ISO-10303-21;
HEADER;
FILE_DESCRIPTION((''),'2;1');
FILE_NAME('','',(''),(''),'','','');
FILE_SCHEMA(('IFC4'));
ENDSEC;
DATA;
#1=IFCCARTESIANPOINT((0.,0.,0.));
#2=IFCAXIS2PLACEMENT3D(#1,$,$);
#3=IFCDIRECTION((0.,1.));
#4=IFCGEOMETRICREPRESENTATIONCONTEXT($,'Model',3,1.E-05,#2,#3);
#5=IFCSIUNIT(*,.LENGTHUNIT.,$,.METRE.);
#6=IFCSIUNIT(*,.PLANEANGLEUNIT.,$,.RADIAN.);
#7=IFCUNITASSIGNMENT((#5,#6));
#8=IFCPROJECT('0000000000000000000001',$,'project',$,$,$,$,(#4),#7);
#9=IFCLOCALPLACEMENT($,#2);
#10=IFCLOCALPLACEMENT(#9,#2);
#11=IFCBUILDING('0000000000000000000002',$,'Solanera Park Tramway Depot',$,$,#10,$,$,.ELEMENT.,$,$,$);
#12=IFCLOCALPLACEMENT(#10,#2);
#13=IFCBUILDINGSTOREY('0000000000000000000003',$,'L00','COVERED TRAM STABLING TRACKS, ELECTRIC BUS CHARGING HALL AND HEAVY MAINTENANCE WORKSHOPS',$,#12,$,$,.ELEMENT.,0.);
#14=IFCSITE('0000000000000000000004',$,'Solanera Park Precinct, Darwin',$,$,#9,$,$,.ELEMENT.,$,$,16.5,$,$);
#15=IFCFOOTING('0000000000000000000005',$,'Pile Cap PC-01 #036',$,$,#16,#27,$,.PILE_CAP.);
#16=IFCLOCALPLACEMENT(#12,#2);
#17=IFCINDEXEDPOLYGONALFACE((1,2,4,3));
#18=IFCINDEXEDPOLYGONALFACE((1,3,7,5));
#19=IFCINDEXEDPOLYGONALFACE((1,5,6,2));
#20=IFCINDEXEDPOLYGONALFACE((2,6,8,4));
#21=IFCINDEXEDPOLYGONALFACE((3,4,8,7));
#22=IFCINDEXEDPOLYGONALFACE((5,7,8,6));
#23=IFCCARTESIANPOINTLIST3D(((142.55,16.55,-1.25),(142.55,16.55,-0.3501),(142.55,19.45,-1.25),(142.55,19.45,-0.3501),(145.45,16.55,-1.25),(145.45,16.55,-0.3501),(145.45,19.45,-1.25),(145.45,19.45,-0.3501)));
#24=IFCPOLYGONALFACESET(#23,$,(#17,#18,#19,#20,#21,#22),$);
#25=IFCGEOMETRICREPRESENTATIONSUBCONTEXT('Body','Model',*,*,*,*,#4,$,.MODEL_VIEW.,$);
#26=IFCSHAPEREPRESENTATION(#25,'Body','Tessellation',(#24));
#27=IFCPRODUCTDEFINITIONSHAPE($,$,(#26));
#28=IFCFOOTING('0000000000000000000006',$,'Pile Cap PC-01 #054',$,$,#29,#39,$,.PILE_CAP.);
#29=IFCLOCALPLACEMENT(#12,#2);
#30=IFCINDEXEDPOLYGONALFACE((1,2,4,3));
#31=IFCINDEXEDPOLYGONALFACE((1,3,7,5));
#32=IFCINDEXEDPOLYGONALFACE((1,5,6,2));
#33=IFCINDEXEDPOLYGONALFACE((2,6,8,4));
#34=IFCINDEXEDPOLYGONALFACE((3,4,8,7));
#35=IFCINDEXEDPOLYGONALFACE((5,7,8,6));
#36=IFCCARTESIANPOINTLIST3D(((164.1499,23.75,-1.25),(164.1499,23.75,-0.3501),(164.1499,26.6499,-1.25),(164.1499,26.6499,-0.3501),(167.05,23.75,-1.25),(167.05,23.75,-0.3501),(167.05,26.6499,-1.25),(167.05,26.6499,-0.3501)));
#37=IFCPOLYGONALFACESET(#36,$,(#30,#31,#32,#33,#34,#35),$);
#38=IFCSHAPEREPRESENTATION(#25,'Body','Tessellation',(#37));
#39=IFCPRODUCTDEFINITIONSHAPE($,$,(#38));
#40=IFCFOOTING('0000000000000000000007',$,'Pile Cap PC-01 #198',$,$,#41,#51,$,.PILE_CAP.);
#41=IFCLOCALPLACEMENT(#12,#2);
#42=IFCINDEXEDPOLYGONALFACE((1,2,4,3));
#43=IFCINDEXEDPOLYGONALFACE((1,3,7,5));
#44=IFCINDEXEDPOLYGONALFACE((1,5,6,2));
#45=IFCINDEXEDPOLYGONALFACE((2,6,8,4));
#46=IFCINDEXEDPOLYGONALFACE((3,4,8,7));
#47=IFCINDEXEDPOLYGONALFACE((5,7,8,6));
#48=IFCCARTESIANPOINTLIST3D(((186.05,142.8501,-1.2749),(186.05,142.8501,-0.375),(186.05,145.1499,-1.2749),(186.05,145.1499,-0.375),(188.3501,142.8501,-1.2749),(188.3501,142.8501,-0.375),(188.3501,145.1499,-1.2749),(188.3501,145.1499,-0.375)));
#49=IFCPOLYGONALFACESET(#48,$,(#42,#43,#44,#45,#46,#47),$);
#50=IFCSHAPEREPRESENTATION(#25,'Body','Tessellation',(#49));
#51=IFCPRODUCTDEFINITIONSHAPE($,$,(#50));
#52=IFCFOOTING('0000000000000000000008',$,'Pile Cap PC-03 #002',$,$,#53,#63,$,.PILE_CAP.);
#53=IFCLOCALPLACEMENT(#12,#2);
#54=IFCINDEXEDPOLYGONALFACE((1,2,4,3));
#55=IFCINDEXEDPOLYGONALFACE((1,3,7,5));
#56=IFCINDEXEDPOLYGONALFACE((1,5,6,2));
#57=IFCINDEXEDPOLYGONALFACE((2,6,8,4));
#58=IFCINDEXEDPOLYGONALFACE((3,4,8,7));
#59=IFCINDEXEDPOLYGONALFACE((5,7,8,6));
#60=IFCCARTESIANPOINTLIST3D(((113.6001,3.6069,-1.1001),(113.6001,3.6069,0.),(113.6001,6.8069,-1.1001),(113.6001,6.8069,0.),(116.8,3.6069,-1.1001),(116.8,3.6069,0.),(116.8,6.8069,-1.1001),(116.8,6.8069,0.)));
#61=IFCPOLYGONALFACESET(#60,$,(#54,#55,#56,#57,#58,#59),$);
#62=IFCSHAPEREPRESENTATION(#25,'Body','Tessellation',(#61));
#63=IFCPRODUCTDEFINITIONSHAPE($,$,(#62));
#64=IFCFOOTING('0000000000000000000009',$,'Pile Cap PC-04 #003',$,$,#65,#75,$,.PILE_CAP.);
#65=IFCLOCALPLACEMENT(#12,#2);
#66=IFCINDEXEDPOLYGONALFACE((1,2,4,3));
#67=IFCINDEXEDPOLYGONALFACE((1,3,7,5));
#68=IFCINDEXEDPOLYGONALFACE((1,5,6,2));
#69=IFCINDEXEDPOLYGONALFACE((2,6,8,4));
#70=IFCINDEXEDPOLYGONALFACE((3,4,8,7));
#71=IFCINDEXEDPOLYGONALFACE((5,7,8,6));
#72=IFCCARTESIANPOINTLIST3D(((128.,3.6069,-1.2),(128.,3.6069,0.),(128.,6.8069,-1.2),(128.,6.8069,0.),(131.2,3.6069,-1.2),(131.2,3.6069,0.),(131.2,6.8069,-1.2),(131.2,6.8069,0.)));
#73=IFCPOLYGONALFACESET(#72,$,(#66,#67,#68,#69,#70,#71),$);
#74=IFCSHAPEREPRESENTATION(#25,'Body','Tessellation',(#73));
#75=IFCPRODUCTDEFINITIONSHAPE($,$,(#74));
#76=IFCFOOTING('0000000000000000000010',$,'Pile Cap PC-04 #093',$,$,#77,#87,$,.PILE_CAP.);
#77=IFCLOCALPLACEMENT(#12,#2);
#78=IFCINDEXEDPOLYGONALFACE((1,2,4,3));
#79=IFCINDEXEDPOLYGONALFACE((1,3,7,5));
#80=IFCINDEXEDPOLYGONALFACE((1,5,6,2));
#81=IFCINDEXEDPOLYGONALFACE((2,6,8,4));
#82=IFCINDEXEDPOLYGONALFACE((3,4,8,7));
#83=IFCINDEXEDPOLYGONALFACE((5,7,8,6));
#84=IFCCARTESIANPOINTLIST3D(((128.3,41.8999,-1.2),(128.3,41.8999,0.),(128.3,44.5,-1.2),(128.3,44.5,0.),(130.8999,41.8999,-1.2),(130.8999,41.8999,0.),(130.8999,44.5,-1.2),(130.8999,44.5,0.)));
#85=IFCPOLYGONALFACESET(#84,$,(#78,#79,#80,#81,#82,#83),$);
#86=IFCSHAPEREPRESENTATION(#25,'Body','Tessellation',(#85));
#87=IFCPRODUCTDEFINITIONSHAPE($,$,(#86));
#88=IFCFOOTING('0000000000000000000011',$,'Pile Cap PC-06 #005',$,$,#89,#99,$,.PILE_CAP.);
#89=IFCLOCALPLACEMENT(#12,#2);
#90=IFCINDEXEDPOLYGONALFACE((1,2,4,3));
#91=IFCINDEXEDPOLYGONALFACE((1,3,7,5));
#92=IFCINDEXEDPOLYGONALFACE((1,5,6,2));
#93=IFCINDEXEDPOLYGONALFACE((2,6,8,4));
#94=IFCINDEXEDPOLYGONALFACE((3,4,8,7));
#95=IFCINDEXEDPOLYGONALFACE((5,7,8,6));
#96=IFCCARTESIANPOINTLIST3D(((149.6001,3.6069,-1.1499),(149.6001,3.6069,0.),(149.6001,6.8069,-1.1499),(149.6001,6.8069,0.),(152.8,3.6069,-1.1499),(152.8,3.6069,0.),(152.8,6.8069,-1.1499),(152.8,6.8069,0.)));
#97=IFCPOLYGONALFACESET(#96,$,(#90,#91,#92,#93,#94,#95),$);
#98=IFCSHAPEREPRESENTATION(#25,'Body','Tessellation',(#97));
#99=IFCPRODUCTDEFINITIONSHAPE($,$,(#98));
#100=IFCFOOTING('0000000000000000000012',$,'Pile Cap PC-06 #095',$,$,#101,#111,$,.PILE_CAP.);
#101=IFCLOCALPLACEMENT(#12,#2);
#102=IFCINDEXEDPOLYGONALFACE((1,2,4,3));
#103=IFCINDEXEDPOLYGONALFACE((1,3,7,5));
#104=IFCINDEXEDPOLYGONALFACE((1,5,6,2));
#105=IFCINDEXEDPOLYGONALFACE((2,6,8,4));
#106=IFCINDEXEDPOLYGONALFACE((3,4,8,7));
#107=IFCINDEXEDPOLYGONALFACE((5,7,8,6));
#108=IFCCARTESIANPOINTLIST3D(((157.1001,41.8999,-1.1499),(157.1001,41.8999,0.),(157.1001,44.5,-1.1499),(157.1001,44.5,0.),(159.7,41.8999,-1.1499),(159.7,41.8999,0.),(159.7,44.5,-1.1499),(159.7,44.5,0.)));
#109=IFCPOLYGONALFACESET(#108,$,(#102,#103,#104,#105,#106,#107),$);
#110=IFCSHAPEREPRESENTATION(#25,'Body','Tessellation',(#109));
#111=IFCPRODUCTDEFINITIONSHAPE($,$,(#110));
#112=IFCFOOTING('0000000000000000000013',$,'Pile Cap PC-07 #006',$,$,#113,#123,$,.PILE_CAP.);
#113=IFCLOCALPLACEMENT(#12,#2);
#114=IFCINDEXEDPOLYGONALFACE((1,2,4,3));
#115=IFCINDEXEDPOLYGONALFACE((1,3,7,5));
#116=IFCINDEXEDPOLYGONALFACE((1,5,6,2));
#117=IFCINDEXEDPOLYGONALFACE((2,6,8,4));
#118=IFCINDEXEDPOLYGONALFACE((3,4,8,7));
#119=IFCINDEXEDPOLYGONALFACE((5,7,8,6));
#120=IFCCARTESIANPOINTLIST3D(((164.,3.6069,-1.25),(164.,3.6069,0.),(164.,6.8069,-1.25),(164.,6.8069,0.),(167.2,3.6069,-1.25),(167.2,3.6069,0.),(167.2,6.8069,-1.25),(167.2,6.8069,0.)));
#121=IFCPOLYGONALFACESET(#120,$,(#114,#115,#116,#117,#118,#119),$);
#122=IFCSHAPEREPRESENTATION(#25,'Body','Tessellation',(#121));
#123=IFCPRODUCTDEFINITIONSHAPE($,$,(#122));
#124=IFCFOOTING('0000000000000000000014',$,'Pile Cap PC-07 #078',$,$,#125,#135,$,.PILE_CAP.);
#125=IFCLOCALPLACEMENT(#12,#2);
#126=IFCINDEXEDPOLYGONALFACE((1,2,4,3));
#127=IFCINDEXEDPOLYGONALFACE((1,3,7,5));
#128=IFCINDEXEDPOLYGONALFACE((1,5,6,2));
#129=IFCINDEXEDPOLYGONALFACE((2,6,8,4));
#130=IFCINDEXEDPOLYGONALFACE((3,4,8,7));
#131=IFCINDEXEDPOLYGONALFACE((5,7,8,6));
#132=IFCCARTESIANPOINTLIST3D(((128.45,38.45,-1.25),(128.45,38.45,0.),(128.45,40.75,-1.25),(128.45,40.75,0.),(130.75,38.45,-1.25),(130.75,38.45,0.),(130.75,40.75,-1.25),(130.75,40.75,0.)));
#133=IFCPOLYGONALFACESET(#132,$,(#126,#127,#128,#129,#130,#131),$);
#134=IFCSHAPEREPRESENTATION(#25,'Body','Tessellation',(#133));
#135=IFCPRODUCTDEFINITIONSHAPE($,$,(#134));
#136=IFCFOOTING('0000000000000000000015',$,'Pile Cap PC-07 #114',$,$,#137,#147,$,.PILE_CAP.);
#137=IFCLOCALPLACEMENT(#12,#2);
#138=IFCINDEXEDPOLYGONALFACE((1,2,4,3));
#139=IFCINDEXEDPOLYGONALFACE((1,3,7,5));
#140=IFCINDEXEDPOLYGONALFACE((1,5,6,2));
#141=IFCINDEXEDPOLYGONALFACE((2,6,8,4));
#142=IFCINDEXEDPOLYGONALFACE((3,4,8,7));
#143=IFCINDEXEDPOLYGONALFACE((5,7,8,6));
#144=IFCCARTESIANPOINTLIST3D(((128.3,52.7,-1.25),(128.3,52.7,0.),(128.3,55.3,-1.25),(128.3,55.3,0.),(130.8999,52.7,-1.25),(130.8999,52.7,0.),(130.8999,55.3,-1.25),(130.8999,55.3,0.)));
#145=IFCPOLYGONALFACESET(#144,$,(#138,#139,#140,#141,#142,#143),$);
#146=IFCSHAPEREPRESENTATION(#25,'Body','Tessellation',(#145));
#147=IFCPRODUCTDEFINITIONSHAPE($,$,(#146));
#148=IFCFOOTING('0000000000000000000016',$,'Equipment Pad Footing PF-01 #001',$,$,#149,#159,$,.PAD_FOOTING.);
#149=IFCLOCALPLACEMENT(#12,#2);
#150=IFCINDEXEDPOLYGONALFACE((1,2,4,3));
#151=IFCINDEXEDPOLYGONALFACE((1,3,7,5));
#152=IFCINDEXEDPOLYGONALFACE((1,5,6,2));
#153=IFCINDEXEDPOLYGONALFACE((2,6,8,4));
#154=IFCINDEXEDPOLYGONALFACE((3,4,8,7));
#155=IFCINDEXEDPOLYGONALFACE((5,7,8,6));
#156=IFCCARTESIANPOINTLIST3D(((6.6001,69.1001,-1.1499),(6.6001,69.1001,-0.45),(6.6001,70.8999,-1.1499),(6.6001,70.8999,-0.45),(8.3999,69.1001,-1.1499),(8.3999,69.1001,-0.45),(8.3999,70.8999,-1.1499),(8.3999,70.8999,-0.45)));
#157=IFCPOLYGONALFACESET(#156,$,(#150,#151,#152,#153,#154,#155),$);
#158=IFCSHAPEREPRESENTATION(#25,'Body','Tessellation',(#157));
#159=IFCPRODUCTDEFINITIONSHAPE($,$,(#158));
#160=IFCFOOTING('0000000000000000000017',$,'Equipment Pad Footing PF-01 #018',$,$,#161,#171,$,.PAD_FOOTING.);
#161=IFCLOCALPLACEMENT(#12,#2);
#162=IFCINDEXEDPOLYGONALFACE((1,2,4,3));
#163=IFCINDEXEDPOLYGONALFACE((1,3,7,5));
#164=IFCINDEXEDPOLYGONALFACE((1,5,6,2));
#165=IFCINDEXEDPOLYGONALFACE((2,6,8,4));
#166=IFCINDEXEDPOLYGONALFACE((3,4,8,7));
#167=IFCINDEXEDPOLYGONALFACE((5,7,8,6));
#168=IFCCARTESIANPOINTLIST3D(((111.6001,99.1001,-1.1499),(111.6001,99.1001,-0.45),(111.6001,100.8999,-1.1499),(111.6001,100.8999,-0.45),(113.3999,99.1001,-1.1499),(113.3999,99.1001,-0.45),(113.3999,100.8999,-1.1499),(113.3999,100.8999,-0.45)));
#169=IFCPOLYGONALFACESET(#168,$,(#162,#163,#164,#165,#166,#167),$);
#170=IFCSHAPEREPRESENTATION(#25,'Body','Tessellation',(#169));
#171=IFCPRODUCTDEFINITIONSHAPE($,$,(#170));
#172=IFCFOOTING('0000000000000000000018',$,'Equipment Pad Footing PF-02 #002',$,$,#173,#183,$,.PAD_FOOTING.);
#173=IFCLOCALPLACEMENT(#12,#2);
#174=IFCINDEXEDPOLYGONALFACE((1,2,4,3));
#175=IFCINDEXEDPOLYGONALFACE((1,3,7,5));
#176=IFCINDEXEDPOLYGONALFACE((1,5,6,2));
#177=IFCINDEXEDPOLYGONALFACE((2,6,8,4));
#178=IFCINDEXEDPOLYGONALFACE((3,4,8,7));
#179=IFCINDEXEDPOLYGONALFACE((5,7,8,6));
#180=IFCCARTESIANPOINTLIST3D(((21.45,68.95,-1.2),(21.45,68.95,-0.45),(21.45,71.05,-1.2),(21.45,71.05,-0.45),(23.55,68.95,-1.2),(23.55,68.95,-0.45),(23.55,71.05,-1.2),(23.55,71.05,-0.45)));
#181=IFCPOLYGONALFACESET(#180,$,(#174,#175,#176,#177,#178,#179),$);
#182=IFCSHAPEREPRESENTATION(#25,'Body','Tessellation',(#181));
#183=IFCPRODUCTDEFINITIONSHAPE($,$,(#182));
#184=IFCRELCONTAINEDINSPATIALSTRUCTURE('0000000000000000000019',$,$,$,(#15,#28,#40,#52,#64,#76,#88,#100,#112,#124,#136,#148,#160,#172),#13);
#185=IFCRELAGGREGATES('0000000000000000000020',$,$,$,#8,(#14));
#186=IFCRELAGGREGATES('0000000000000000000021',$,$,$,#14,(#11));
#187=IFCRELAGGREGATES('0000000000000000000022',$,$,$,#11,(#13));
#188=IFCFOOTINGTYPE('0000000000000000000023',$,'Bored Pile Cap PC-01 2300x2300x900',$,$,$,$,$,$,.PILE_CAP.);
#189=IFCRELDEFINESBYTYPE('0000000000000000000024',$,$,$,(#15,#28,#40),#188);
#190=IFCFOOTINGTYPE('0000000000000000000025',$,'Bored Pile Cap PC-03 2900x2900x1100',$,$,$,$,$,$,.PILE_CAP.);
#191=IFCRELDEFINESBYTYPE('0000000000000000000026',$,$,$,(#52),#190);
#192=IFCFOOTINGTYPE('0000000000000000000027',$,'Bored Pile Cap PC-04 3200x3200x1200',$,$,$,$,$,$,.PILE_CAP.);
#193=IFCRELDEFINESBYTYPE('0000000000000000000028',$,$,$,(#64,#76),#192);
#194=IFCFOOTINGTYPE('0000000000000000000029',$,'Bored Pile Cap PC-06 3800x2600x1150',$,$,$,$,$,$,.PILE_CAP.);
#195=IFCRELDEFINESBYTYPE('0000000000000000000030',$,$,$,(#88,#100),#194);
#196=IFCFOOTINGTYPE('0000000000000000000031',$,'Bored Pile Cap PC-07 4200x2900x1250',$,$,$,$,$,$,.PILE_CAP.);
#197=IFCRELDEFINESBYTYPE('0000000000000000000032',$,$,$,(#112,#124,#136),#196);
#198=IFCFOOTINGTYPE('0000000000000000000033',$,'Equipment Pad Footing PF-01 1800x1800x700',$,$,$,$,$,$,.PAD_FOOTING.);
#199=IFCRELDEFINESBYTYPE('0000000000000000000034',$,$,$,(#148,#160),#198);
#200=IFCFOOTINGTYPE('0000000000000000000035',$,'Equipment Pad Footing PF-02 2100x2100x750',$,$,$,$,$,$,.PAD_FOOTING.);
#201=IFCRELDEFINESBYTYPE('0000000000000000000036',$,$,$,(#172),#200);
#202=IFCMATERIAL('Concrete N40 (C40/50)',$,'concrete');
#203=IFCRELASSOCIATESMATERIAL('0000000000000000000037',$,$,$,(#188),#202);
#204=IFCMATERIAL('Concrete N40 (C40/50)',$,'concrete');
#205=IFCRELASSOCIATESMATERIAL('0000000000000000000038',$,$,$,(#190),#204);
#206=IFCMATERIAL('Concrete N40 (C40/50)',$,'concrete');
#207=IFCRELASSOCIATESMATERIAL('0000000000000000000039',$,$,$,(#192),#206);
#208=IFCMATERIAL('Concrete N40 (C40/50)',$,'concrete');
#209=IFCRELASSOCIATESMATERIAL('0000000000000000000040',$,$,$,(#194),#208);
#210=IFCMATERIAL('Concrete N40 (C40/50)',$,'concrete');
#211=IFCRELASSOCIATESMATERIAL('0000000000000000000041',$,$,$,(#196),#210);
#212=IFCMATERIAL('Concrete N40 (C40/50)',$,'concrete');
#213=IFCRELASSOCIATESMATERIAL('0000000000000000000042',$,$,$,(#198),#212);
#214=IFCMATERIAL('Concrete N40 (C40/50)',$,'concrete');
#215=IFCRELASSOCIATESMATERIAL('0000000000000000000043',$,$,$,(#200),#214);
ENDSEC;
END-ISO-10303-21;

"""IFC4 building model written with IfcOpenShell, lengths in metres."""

from ifc_helpers import new_model, si_unit, direction, frame, origin, place, context, subcontext, project, spatial, polyline, outline, extrude, material, type_object, element, save


model = new_model("IFC4")

# Units and contexts
model_context = context("Model", 3, precision=1e-05, world=origin(), true_north=direction((0.0, 1.0)))
body_context = subcontext(model_context, "Body", "Model", "MODEL_VIEW")
ifc_project = project(units=[si_unit("LENGTHUNIT", "METRE"), si_unit("PLANEANGLEUNIT", "RADIAN")], contexts=[model_context])

# Site, building, storey
site_placement = place(None, origin())
site = spatial("IfcSite", under=ifc_project, at=site_placement, Name="Solanera Park Precinct, Darwin", CompositionType="ELEMENT", RefElevation=16.5)
building_placement = place(site_placement, origin())
building = spatial("IfcBuilding", under=site, at=building_placement, Name="Solanera Park Tramway Depot", CompositionType="ELEMENT")
storey_placement = place(building_placement, origin())
storey = spatial("IfcBuildingStorey", under=building, at=storey_placement, Name="L00", Description="COVERED TRAM STABLING TRACKS, ELECTRIC BUS CHARGING HALL AND HEAVY MAINTENANCE WORKSHOPS", CompositionType="ELEMENT", Elevation=0.0)

# Footings
ifc_material_1 = material(Name="Concrete N40 (C40/50)", Category="concrete")
footing_type_1 = type_object("IfcFootingType", Name="Bored Pile Cap PC-01 2300x2300x900", PredefinedType="PILE_CAP", material=ifc_material_1)
footing_1_placement = place(storey_placement, frame((0.0, 0.0, -1.25)))
element("IfcFooting", 1, at=footing_1_placement, inside=storey, type_object=footing_type_1, Name="Pile Cap PC-01 #036", PredefinedType="PILE_CAP", context=body_context, shape_type="SweptSolid", body=[
    extrude(outline(polyline([(145.45, 16.55), (145.45, 19.45), (142.55, 19.45), (142.55, 16.55), (145.45, 16.55)])), origin(), (0.0, 0.0, 1.0), 0.8999),
])
footing_2_placement = place(storey_placement, frame((0.0, 0.0, -1.25)))
element("IfcFooting", 2, at=footing_2_placement, inside=storey, type_object=footing_type_1, Name="Pile Cap PC-01 #054", PredefinedType="PILE_CAP", context=body_context, shape_type="SweptSolid", body=[
    extrude(outline(polyline([(167.05, 23.75), (167.05, 26.6499), (164.1499, 26.6499), (164.1499, 23.75), (167.05, 23.75)])), origin(), (0.0, 0.0, 1.0), 0.8999),
])
footing_3_placement = place(storey_placement, frame((0.0, 0.0, -1.2749)))
element("IfcFooting", 3, at=footing_3_placement, inside=storey, type_object=footing_type_1, Name="Pile Cap PC-01 #198", PredefinedType="PILE_CAP", context=body_context, shape_type="SweptSolid", body=[
    extrude(outline(polyline([(188.3501, 142.8501), (188.3501, 145.1499), (186.05, 145.1499), (186.05, 142.8501), (188.3501, 142.8501)])), origin(), (0.0, 0.0, 1.0), 0.8999),
])
ifc_material_2 = material(Name="Concrete N40 (C40/50)", Category="concrete")
footing_type_2 = type_object("IfcFootingType", Name="Bored Pile Cap PC-03 2900x2900x1100", PredefinedType="PILE_CAP", material=ifc_material_2)
footing_4_placement = place(storey_placement, frame((0.0, 0.0, -1.1001)))
element("IfcFooting", 4, at=footing_4_placement, inside=storey, type_object=footing_type_2, Name="Pile Cap PC-03 #002", PredefinedType="PILE_CAP", context=body_context, shape_type="SweptSolid", body=[
    extrude(outline(polyline([(116.8, 3.6069), (116.8, 6.8069), (113.6001, 6.8069), (113.6001, 3.6069), (116.8, 3.6069)])), origin(), (0.0, 0.0, 1.0), 1.1001),
])
ifc_material_3 = material(Name="Concrete N40 (C40/50)", Category="concrete")
footing_type_3 = type_object("IfcFootingType", Name="Bored Pile Cap PC-04 3200x3200x1200", PredefinedType="PILE_CAP", material=ifc_material_3)
footing_5_placement = place(storey_placement, frame((0.0, 0.0, -1.2)))
element("IfcFooting", 5, at=footing_5_placement, inside=storey, type_object=footing_type_3, Name="Pile Cap PC-04 #003", PredefinedType="PILE_CAP", context=body_context, shape_type="SweptSolid", body=[
    extrude(outline(polyline([(131.2, 3.6069), (131.2, 6.8069), (128.0, 6.8069), (128.0, 3.6069), (131.2, 3.6069)])), origin(), (0.0, 0.0, 1.0), 1.2),
])
footing_6_placement = place(storey_placement, frame((0.0, 0.0, -1.2)))
element("IfcFooting", 6, at=footing_6_placement, inside=storey, type_object=footing_type_3, Name="Pile Cap PC-04 #093", PredefinedType="PILE_CAP", context=body_context, shape_type="SweptSolid", body=[
    extrude(outline(polyline([(130.8999, 41.8999), (130.8999, 44.5), (128.3, 44.5), (128.3, 41.8999), (130.8999, 41.8999)])), origin(), (0.0, 0.0, 1.0), 1.2),
])
ifc_material_4 = material(Name="Concrete N40 (C40/50)", Category="concrete")
footing_type_4 = type_object("IfcFootingType", Name="Bored Pile Cap PC-06 3800x2600x1150", PredefinedType="PILE_CAP", material=ifc_material_4)
footing_7_placement = place(storey_placement, frame((0.0, 0.0, -1.1499)))
element("IfcFooting", 7, at=footing_7_placement, inside=storey, type_object=footing_type_4, Name="Pile Cap PC-06 #005", PredefinedType="PILE_CAP", context=body_context, shape_type="SweptSolid", body=[
    extrude(outline(polyline([(152.8, 3.6069), (152.8, 6.8069), (149.6001, 6.8069), (149.6001, 3.6069), (152.8, 3.6069)])), origin(), (0.0, 0.0, 1.0), 1.1499),
])
footing_8_placement = place(storey_placement, frame((0.0, 0.0, -1.1499)))
element("IfcFooting", 8, at=footing_8_placement, inside=storey, type_object=footing_type_4, Name="Pile Cap PC-06 #095", PredefinedType="PILE_CAP", context=body_context, shape_type="SweptSolid", body=[
    extrude(outline(polyline([(159.7, 41.8999), (159.7, 44.5), (157.1001, 44.5), (157.1001, 41.8999), (159.7, 41.8999)])), origin(), (0.0, 0.0, 1.0), 1.1499),
])
ifc_material_5 = material(Name="Concrete N40 (C40/50)", Category="concrete")
footing_type_5 = type_object("IfcFootingType", Name="Bored Pile Cap PC-07 4200x2900x1250", PredefinedType="PILE_CAP", material=ifc_material_5)
footing_9_placement = place(storey_placement, frame((0.0, 0.0, -1.25)))
element("IfcFooting", 9, at=footing_9_placement, inside=storey, type_object=footing_type_5, Name="Pile Cap PC-07 #006", PredefinedType="PILE_CAP", context=body_context, shape_type="SweptSolid", body=[
    extrude(outline(polyline([(167.2, 3.6069), (167.2, 6.8069), (164.0, 6.8069), (164.0, 3.6069), (167.2, 3.6069)])), origin(), (0.0, 0.0, 1.0), 1.25),
])
footing_10_placement = place(storey_placement, frame((0.0, 0.0, -1.25)))
element("IfcFooting", 10, at=footing_10_placement, inside=storey, type_object=footing_type_5, Name="Pile Cap PC-07 #078", PredefinedType="PILE_CAP", context=body_context, shape_type="SweptSolid", body=[
    extrude(outline(polyline([(130.75, 38.45), (130.75, 40.75), (128.45, 40.75), (128.45, 38.45), (130.75, 38.45)])), origin(), (0.0, 0.0, 1.0), 1.25),
])
footing_11_placement = place(storey_placement, frame((0.0, 0.0, -1.25)))
element("IfcFooting", 11, at=footing_11_placement, inside=storey, type_object=footing_type_5, Name="Pile Cap PC-07 #114", PredefinedType="PILE_CAP", context=body_context, shape_type="SweptSolid", body=[
    extrude(outline(polyline([(130.8999, 52.7), (130.8999, 55.3), (128.3, 55.3), (128.3, 52.7), (130.8999, 52.7)])), origin(), (0.0, 0.0, 1.0), 1.25),
])
ifc_material_6 = material(Name="Concrete N40 (C40/50)", Category="concrete")
footing_type_6 = type_object("IfcFootingType", Name="Equipment Pad Footing PF-01 1800x1800x700", PredefinedType="PAD_FOOTING", material=ifc_material_6)
footing_12_placement = place(storey_placement, frame((0.0, 0.0, -1.1499)))
element("IfcFooting", 12, at=footing_12_placement, inside=storey, type_object=footing_type_6, Name="Equipment Pad Footing PF-01 #001", PredefinedType="PAD_FOOTING", context=body_context, shape_type="SweptSolid", body=[
    extrude(outline(polyline([(8.3999, 69.1001), (8.3999, 70.8999), (6.6001, 70.8999), (6.6001, 69.1001), (8.3999, 69.1001)])), origin(), (0.0, 0.0, 1.0), 0.7),
])
footing_13_placement = place(storey_placement, frame((0.0, 0.0, -1.1499)))
element("IfcFooting", 13, at=footing_13_placement, inside=storey, type_object=footing_type_6, Name="Equipment Pad Footing PF-01 #018", PredefinedType="PAD_FOOTING", context=body_context, shape_type="SweptSolid", body=[
    extrude(outline(polyline([(113.3999, 99.1001), (113.3999, 100.8999), (111.6001, 100.8999), (111.6001, 99.1001), (113.3999, 99.1001)])), origin(), (0.0, 0.0, 1.0), 0.7),
])
ifc_material_7 = material(Name="Concrete N40 (C40/50)", Category="concrete")
footing_type_7 = type_object("IfcFootingType", Name="Equipment Pad Footing PF-02 2100x2100x750", PredefinedType="PAD_FOOTING", material=ifc_material_7)
footing_14_placement = place(storey_placement, frame((0.0, 0.0, -1.2)))
element("IfcFooting", 14, at=footing_14_placement, inside=storey, type_object=footing_type_7, Name="Equipment Pad Footing PF-02 #002", PredefinedType="PAD_FOOTING", context=body_context, shape_type="SweptSolid", body=[
    extrude(outline(polyline([(23.55, 68.95), (23.55, 71.05), (21.45, 71.05), (21.45, 68.95), (23.55, 68.95)])), origin(), (0.0, 0.0, 1.0), 0.75),
])

save(model, "model.ifc")
